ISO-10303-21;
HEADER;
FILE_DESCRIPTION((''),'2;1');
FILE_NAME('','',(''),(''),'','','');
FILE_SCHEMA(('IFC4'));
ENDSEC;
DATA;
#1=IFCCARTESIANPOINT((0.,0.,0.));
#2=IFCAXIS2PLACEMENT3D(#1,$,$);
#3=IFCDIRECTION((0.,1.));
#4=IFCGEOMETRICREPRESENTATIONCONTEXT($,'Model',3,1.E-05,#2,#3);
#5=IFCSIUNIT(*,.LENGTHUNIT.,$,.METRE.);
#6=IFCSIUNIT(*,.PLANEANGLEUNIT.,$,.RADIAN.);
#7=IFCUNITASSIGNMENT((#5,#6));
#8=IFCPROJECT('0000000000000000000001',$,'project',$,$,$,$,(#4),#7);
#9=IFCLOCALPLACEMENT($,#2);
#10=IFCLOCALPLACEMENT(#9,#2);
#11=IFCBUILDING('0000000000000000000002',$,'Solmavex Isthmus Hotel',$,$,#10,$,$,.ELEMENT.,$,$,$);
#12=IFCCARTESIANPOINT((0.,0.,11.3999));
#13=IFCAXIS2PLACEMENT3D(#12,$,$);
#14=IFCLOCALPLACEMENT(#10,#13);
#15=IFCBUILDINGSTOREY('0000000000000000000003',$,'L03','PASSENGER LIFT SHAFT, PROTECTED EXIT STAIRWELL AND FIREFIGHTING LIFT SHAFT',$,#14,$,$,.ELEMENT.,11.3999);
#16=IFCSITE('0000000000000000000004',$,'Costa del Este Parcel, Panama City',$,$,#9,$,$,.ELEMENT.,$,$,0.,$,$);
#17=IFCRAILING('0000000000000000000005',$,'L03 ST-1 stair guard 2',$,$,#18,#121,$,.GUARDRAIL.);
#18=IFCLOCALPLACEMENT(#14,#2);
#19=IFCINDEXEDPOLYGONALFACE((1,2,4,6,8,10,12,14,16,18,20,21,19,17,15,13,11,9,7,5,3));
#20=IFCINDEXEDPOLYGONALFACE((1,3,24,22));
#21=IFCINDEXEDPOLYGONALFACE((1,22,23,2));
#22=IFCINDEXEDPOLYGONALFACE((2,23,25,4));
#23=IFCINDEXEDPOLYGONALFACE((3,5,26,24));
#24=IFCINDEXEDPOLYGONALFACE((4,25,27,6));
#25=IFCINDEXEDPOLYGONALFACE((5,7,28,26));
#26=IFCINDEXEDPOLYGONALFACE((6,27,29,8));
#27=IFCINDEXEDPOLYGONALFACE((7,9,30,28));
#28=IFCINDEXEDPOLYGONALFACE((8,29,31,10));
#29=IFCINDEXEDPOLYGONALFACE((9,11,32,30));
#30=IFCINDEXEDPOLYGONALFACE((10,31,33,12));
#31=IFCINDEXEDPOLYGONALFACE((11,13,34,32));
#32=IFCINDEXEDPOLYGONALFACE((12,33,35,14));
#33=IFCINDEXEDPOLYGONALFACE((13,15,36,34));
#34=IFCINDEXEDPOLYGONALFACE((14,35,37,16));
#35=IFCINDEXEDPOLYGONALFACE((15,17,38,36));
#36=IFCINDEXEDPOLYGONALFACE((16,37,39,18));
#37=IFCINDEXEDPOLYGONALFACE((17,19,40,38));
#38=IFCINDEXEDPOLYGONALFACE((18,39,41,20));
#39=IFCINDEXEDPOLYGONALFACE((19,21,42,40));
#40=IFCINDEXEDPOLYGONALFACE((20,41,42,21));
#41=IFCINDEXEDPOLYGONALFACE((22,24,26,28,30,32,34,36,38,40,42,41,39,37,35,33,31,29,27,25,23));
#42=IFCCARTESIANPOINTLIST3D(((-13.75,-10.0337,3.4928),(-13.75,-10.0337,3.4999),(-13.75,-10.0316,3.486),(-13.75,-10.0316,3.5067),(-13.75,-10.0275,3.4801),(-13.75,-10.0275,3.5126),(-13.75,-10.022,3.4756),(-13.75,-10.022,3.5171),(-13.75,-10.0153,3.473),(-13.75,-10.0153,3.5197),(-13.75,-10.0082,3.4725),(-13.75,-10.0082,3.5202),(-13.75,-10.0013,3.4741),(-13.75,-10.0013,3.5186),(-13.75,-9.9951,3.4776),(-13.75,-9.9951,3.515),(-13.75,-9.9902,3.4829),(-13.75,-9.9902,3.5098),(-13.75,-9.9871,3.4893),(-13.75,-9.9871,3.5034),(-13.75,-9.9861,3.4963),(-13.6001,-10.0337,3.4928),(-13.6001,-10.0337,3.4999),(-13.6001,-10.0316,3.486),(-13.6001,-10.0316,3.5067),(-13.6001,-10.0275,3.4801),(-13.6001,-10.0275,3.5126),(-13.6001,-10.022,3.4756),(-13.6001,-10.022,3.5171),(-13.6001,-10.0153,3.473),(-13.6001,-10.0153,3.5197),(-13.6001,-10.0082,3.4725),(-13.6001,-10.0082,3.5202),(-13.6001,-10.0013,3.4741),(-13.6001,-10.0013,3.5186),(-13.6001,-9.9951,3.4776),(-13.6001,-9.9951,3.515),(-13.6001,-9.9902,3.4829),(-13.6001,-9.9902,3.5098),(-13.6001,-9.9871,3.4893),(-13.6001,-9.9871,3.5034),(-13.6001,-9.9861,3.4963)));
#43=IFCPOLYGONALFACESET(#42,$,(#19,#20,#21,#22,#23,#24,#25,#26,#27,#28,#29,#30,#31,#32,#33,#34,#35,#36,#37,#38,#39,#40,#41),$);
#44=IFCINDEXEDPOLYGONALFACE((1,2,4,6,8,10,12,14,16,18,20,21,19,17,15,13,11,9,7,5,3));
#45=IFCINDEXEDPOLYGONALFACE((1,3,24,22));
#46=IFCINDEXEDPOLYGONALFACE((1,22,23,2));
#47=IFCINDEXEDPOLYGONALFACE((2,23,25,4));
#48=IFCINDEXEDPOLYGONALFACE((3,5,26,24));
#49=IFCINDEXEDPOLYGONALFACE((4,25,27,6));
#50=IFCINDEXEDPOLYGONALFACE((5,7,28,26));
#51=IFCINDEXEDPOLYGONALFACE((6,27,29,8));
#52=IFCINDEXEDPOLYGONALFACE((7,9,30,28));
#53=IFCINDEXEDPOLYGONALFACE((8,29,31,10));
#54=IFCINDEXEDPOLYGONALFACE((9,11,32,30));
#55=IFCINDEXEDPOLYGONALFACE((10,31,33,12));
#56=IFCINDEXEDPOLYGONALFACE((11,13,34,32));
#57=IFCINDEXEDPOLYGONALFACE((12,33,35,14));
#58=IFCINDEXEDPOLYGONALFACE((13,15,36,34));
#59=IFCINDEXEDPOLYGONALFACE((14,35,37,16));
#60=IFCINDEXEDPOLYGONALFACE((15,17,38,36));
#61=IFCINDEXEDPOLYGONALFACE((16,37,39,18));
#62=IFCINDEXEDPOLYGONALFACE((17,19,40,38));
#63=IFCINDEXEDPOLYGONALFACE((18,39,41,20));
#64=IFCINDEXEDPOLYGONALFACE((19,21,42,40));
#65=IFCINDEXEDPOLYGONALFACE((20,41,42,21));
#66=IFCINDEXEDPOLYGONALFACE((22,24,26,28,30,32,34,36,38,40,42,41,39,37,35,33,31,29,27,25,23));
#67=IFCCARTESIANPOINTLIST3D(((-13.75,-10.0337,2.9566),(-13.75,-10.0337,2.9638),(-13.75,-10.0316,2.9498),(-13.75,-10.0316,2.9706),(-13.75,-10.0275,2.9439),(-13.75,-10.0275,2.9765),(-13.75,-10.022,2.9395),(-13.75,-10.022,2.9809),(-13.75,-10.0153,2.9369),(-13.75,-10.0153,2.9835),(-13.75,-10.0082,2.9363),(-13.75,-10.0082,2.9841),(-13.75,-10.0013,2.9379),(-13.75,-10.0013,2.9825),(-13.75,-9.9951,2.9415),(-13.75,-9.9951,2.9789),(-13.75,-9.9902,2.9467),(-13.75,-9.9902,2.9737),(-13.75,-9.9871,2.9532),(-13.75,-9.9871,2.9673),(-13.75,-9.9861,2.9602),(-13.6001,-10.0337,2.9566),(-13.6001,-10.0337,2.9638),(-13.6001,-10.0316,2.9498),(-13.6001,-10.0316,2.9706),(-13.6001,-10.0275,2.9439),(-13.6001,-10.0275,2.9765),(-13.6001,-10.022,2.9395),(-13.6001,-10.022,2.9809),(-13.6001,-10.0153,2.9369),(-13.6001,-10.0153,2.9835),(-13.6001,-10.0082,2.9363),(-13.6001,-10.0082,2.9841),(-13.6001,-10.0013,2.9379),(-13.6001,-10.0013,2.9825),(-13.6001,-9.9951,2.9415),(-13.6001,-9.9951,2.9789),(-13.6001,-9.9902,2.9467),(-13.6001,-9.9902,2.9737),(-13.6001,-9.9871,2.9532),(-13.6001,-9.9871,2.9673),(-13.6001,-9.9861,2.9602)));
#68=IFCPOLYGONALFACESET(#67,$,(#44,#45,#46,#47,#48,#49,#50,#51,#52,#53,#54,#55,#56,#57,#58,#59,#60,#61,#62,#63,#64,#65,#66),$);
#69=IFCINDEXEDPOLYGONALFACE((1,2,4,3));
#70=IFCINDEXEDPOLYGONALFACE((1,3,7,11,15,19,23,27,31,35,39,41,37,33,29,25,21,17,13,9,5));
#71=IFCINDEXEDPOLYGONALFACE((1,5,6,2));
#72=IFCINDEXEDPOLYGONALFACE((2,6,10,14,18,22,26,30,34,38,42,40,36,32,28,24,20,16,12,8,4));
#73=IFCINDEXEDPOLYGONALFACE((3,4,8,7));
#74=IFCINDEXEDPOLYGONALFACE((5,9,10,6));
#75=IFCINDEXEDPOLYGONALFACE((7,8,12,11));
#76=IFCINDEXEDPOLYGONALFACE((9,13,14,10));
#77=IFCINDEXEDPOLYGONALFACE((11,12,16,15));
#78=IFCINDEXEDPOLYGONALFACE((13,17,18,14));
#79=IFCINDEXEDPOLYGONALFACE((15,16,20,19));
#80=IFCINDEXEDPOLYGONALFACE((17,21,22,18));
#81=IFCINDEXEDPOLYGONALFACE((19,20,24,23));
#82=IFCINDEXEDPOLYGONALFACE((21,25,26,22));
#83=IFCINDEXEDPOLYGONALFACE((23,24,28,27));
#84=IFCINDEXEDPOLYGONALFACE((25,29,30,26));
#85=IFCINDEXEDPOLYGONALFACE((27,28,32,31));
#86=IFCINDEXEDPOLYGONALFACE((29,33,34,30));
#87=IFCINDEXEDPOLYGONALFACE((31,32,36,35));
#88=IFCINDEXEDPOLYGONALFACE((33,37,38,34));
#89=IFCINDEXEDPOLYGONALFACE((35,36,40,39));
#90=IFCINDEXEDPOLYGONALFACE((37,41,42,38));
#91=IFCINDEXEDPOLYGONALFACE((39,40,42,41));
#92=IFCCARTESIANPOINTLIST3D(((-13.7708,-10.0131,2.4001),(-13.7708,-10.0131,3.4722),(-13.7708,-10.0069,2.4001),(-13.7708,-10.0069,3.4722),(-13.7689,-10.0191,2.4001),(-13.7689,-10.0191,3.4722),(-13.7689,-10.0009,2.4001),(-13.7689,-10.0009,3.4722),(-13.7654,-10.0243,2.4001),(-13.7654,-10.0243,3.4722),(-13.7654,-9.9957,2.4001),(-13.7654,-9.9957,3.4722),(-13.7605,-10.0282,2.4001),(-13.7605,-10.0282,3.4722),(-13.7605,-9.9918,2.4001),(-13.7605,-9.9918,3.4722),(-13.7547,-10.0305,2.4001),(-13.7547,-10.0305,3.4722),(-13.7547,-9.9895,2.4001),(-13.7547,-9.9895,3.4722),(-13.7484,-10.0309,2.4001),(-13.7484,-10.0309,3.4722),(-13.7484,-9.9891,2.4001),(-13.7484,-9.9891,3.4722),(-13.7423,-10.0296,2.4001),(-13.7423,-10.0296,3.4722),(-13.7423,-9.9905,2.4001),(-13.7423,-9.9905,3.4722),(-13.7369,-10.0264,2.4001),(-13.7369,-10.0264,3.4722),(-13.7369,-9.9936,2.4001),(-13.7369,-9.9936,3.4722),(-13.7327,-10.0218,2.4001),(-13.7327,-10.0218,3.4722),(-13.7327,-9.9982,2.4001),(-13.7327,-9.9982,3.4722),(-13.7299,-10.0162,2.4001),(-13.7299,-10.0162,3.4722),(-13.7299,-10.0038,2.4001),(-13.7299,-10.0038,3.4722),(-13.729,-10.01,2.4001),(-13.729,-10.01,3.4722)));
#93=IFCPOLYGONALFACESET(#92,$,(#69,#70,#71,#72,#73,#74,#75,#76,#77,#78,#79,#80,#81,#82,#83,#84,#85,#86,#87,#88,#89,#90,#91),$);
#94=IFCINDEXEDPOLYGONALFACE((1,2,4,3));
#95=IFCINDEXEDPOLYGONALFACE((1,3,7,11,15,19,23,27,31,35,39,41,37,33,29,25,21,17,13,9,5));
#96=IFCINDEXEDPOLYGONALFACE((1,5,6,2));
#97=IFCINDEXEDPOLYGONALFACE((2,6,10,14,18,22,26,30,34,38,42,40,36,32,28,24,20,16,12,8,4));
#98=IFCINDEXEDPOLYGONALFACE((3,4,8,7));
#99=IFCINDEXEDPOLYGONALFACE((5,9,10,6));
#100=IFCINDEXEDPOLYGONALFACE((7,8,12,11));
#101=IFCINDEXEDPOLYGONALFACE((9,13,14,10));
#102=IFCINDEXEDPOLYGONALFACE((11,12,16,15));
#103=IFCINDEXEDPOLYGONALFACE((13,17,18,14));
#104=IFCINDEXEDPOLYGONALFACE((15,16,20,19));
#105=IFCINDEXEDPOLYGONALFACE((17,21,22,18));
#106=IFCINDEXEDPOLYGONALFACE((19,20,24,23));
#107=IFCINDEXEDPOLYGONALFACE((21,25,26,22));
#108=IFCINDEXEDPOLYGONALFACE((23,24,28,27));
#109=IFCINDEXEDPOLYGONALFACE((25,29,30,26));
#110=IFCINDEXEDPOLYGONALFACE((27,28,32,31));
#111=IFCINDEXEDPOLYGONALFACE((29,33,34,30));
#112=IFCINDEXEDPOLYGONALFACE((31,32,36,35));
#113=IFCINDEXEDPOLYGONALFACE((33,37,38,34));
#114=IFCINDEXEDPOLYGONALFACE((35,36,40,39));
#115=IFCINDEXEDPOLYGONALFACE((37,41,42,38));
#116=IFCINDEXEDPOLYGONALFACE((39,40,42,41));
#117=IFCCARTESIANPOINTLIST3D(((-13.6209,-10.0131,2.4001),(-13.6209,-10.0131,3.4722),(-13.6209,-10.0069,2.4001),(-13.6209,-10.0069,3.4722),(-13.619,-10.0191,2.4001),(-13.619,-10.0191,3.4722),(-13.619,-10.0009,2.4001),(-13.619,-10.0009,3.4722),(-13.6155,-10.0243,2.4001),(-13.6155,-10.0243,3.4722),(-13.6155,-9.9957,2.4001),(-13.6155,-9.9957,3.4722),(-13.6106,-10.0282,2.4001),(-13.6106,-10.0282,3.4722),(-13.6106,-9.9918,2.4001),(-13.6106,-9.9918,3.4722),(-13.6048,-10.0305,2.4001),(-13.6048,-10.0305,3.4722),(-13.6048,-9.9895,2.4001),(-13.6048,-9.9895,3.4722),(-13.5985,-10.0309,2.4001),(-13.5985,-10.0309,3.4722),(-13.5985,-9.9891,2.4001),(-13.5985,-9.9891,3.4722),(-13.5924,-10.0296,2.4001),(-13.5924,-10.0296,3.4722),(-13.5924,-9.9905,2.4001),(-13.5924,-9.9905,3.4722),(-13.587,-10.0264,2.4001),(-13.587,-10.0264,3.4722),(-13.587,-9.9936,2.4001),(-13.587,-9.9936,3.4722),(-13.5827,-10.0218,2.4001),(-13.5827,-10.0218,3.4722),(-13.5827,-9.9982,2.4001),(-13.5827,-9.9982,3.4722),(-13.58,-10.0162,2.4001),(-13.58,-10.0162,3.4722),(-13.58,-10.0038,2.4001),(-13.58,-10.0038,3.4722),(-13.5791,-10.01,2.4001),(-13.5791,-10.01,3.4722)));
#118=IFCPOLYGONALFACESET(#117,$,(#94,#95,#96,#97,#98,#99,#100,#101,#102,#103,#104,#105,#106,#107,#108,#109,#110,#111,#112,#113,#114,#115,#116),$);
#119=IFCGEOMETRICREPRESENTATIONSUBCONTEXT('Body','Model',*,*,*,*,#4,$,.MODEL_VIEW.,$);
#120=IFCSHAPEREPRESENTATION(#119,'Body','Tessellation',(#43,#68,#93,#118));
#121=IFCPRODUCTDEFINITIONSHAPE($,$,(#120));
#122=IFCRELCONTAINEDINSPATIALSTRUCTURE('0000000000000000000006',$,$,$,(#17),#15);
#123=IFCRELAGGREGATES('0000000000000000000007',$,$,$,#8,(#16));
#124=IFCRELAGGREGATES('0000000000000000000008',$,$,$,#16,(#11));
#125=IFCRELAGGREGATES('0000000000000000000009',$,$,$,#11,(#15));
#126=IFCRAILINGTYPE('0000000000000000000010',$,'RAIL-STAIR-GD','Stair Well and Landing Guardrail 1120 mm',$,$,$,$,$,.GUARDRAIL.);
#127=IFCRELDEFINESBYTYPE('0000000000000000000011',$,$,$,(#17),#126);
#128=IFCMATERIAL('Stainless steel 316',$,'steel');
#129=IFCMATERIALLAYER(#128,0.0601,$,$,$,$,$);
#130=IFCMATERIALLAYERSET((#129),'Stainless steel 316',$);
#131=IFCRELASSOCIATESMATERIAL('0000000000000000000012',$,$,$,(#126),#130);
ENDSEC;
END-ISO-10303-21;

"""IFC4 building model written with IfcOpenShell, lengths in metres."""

from ifc_helpers import new_model, si_unit, direction, frame, origin, origin_2d, place, context, subcontext, project, spatial, circle, extrude, material, layer, layer_set, type_object, element, save


model = new_model("IFC4")

# Units and contexts
model_context = context("Model", 3, precision=1e-05, world=origin(), true_north=direction((0.0, 1.0)))
body_context = subcontext(model_context, "Body", "Model", "MODEL_VIEW")
ifc_project = project(units=[si_unit("LENGTHUNIT", "METRE"), si_unit("PLANEANGLEUNIT", "RADIAN")], contexts=[model_context])

# Site, building, storey
site_placement = place(None, origin())
site = spatial("IfcSite", under=ifc_project, at=site_placement, Name="Costa del Este Parcel, Panama City", CompositionType="ELEMENT", RefElevation=0.0)
building_placement = place(site_placement, origin())
building = spatial("IfcBuilding", under=site, at=building_placement, Name="Solmavex Isthmus Hotel", CompositionType="ELEMENT")
storey_placement = place(building_placement, frame((0.0, 0.0, 11.3999)))
storey = spatial("IfcBuildingStorey", under=building, at=storey_placement, Name="L03", Description="PASSENGER LIFT SHAFT, PROTECTED EXIT STAIRWELL AND FIREFIGHTING LIFT SHAFT", CompositionType="ELEMENT", Elevation=11.3999)

# Shared definitions
ifc_material_1 = material(Name="Stainless steel 316", Category="steel")

# Railing
ifc_layer_1 = layer(ifc_material_1, 0.0601)
ifc_layer_set_1 = layer_set([ifc_layer_1], Name="Stainless steel 316")
railing_type_1 = type_object("IfcRailingType", Name="RAIL-STAIR-GD", Description="Stair Well and Landing Guardrail 1120 mm", PredefinedType="GUARDRAIL", material=ifc_layer_set_1)
railing_1_placement = place(storey_placement, frame((-13.75, -10.01, 2.4001)))
element("IfcRailing", 1, at=railing_1_placement, inside=storey, type_object=railing_type_1, Name="L03 ST-1 stair guard 2", PredefinedType="GUARDRAIL", context=body_context, shape_type="SweptSolid", body=[
    extrude(circle(Radius=0.0239, at=origin_2d()), frame((0.0, 0.0, 1.0962), z_axis=(1.0, 0.0, 0.0), x_axis=(0.0, 1.0, 0.0)), (0.0, 0.0, 1.0), 0.1499),
    extrude(circle(Radius=0.0239, at=origin_2d()), frame((0.0, 0.0, 0.5601), z_axis=(1.0, 0.0, 0.0), x_axis=(0.0, 1.0, 0.0)), (0.0, 0.0, 1.0), 0.1499),
    extrude(circle(Radius=0.021, at=origin_2d()), origin(), (0.0, 0.0, 1.0), 1.072),
    extrude(circle(Radius=0.021, at=origin_2d()), frame((0.1499, 0.0, 0.0)), (0.0, 0.0, 1.0), 1.072),
])

save(model, "model.ifc")
